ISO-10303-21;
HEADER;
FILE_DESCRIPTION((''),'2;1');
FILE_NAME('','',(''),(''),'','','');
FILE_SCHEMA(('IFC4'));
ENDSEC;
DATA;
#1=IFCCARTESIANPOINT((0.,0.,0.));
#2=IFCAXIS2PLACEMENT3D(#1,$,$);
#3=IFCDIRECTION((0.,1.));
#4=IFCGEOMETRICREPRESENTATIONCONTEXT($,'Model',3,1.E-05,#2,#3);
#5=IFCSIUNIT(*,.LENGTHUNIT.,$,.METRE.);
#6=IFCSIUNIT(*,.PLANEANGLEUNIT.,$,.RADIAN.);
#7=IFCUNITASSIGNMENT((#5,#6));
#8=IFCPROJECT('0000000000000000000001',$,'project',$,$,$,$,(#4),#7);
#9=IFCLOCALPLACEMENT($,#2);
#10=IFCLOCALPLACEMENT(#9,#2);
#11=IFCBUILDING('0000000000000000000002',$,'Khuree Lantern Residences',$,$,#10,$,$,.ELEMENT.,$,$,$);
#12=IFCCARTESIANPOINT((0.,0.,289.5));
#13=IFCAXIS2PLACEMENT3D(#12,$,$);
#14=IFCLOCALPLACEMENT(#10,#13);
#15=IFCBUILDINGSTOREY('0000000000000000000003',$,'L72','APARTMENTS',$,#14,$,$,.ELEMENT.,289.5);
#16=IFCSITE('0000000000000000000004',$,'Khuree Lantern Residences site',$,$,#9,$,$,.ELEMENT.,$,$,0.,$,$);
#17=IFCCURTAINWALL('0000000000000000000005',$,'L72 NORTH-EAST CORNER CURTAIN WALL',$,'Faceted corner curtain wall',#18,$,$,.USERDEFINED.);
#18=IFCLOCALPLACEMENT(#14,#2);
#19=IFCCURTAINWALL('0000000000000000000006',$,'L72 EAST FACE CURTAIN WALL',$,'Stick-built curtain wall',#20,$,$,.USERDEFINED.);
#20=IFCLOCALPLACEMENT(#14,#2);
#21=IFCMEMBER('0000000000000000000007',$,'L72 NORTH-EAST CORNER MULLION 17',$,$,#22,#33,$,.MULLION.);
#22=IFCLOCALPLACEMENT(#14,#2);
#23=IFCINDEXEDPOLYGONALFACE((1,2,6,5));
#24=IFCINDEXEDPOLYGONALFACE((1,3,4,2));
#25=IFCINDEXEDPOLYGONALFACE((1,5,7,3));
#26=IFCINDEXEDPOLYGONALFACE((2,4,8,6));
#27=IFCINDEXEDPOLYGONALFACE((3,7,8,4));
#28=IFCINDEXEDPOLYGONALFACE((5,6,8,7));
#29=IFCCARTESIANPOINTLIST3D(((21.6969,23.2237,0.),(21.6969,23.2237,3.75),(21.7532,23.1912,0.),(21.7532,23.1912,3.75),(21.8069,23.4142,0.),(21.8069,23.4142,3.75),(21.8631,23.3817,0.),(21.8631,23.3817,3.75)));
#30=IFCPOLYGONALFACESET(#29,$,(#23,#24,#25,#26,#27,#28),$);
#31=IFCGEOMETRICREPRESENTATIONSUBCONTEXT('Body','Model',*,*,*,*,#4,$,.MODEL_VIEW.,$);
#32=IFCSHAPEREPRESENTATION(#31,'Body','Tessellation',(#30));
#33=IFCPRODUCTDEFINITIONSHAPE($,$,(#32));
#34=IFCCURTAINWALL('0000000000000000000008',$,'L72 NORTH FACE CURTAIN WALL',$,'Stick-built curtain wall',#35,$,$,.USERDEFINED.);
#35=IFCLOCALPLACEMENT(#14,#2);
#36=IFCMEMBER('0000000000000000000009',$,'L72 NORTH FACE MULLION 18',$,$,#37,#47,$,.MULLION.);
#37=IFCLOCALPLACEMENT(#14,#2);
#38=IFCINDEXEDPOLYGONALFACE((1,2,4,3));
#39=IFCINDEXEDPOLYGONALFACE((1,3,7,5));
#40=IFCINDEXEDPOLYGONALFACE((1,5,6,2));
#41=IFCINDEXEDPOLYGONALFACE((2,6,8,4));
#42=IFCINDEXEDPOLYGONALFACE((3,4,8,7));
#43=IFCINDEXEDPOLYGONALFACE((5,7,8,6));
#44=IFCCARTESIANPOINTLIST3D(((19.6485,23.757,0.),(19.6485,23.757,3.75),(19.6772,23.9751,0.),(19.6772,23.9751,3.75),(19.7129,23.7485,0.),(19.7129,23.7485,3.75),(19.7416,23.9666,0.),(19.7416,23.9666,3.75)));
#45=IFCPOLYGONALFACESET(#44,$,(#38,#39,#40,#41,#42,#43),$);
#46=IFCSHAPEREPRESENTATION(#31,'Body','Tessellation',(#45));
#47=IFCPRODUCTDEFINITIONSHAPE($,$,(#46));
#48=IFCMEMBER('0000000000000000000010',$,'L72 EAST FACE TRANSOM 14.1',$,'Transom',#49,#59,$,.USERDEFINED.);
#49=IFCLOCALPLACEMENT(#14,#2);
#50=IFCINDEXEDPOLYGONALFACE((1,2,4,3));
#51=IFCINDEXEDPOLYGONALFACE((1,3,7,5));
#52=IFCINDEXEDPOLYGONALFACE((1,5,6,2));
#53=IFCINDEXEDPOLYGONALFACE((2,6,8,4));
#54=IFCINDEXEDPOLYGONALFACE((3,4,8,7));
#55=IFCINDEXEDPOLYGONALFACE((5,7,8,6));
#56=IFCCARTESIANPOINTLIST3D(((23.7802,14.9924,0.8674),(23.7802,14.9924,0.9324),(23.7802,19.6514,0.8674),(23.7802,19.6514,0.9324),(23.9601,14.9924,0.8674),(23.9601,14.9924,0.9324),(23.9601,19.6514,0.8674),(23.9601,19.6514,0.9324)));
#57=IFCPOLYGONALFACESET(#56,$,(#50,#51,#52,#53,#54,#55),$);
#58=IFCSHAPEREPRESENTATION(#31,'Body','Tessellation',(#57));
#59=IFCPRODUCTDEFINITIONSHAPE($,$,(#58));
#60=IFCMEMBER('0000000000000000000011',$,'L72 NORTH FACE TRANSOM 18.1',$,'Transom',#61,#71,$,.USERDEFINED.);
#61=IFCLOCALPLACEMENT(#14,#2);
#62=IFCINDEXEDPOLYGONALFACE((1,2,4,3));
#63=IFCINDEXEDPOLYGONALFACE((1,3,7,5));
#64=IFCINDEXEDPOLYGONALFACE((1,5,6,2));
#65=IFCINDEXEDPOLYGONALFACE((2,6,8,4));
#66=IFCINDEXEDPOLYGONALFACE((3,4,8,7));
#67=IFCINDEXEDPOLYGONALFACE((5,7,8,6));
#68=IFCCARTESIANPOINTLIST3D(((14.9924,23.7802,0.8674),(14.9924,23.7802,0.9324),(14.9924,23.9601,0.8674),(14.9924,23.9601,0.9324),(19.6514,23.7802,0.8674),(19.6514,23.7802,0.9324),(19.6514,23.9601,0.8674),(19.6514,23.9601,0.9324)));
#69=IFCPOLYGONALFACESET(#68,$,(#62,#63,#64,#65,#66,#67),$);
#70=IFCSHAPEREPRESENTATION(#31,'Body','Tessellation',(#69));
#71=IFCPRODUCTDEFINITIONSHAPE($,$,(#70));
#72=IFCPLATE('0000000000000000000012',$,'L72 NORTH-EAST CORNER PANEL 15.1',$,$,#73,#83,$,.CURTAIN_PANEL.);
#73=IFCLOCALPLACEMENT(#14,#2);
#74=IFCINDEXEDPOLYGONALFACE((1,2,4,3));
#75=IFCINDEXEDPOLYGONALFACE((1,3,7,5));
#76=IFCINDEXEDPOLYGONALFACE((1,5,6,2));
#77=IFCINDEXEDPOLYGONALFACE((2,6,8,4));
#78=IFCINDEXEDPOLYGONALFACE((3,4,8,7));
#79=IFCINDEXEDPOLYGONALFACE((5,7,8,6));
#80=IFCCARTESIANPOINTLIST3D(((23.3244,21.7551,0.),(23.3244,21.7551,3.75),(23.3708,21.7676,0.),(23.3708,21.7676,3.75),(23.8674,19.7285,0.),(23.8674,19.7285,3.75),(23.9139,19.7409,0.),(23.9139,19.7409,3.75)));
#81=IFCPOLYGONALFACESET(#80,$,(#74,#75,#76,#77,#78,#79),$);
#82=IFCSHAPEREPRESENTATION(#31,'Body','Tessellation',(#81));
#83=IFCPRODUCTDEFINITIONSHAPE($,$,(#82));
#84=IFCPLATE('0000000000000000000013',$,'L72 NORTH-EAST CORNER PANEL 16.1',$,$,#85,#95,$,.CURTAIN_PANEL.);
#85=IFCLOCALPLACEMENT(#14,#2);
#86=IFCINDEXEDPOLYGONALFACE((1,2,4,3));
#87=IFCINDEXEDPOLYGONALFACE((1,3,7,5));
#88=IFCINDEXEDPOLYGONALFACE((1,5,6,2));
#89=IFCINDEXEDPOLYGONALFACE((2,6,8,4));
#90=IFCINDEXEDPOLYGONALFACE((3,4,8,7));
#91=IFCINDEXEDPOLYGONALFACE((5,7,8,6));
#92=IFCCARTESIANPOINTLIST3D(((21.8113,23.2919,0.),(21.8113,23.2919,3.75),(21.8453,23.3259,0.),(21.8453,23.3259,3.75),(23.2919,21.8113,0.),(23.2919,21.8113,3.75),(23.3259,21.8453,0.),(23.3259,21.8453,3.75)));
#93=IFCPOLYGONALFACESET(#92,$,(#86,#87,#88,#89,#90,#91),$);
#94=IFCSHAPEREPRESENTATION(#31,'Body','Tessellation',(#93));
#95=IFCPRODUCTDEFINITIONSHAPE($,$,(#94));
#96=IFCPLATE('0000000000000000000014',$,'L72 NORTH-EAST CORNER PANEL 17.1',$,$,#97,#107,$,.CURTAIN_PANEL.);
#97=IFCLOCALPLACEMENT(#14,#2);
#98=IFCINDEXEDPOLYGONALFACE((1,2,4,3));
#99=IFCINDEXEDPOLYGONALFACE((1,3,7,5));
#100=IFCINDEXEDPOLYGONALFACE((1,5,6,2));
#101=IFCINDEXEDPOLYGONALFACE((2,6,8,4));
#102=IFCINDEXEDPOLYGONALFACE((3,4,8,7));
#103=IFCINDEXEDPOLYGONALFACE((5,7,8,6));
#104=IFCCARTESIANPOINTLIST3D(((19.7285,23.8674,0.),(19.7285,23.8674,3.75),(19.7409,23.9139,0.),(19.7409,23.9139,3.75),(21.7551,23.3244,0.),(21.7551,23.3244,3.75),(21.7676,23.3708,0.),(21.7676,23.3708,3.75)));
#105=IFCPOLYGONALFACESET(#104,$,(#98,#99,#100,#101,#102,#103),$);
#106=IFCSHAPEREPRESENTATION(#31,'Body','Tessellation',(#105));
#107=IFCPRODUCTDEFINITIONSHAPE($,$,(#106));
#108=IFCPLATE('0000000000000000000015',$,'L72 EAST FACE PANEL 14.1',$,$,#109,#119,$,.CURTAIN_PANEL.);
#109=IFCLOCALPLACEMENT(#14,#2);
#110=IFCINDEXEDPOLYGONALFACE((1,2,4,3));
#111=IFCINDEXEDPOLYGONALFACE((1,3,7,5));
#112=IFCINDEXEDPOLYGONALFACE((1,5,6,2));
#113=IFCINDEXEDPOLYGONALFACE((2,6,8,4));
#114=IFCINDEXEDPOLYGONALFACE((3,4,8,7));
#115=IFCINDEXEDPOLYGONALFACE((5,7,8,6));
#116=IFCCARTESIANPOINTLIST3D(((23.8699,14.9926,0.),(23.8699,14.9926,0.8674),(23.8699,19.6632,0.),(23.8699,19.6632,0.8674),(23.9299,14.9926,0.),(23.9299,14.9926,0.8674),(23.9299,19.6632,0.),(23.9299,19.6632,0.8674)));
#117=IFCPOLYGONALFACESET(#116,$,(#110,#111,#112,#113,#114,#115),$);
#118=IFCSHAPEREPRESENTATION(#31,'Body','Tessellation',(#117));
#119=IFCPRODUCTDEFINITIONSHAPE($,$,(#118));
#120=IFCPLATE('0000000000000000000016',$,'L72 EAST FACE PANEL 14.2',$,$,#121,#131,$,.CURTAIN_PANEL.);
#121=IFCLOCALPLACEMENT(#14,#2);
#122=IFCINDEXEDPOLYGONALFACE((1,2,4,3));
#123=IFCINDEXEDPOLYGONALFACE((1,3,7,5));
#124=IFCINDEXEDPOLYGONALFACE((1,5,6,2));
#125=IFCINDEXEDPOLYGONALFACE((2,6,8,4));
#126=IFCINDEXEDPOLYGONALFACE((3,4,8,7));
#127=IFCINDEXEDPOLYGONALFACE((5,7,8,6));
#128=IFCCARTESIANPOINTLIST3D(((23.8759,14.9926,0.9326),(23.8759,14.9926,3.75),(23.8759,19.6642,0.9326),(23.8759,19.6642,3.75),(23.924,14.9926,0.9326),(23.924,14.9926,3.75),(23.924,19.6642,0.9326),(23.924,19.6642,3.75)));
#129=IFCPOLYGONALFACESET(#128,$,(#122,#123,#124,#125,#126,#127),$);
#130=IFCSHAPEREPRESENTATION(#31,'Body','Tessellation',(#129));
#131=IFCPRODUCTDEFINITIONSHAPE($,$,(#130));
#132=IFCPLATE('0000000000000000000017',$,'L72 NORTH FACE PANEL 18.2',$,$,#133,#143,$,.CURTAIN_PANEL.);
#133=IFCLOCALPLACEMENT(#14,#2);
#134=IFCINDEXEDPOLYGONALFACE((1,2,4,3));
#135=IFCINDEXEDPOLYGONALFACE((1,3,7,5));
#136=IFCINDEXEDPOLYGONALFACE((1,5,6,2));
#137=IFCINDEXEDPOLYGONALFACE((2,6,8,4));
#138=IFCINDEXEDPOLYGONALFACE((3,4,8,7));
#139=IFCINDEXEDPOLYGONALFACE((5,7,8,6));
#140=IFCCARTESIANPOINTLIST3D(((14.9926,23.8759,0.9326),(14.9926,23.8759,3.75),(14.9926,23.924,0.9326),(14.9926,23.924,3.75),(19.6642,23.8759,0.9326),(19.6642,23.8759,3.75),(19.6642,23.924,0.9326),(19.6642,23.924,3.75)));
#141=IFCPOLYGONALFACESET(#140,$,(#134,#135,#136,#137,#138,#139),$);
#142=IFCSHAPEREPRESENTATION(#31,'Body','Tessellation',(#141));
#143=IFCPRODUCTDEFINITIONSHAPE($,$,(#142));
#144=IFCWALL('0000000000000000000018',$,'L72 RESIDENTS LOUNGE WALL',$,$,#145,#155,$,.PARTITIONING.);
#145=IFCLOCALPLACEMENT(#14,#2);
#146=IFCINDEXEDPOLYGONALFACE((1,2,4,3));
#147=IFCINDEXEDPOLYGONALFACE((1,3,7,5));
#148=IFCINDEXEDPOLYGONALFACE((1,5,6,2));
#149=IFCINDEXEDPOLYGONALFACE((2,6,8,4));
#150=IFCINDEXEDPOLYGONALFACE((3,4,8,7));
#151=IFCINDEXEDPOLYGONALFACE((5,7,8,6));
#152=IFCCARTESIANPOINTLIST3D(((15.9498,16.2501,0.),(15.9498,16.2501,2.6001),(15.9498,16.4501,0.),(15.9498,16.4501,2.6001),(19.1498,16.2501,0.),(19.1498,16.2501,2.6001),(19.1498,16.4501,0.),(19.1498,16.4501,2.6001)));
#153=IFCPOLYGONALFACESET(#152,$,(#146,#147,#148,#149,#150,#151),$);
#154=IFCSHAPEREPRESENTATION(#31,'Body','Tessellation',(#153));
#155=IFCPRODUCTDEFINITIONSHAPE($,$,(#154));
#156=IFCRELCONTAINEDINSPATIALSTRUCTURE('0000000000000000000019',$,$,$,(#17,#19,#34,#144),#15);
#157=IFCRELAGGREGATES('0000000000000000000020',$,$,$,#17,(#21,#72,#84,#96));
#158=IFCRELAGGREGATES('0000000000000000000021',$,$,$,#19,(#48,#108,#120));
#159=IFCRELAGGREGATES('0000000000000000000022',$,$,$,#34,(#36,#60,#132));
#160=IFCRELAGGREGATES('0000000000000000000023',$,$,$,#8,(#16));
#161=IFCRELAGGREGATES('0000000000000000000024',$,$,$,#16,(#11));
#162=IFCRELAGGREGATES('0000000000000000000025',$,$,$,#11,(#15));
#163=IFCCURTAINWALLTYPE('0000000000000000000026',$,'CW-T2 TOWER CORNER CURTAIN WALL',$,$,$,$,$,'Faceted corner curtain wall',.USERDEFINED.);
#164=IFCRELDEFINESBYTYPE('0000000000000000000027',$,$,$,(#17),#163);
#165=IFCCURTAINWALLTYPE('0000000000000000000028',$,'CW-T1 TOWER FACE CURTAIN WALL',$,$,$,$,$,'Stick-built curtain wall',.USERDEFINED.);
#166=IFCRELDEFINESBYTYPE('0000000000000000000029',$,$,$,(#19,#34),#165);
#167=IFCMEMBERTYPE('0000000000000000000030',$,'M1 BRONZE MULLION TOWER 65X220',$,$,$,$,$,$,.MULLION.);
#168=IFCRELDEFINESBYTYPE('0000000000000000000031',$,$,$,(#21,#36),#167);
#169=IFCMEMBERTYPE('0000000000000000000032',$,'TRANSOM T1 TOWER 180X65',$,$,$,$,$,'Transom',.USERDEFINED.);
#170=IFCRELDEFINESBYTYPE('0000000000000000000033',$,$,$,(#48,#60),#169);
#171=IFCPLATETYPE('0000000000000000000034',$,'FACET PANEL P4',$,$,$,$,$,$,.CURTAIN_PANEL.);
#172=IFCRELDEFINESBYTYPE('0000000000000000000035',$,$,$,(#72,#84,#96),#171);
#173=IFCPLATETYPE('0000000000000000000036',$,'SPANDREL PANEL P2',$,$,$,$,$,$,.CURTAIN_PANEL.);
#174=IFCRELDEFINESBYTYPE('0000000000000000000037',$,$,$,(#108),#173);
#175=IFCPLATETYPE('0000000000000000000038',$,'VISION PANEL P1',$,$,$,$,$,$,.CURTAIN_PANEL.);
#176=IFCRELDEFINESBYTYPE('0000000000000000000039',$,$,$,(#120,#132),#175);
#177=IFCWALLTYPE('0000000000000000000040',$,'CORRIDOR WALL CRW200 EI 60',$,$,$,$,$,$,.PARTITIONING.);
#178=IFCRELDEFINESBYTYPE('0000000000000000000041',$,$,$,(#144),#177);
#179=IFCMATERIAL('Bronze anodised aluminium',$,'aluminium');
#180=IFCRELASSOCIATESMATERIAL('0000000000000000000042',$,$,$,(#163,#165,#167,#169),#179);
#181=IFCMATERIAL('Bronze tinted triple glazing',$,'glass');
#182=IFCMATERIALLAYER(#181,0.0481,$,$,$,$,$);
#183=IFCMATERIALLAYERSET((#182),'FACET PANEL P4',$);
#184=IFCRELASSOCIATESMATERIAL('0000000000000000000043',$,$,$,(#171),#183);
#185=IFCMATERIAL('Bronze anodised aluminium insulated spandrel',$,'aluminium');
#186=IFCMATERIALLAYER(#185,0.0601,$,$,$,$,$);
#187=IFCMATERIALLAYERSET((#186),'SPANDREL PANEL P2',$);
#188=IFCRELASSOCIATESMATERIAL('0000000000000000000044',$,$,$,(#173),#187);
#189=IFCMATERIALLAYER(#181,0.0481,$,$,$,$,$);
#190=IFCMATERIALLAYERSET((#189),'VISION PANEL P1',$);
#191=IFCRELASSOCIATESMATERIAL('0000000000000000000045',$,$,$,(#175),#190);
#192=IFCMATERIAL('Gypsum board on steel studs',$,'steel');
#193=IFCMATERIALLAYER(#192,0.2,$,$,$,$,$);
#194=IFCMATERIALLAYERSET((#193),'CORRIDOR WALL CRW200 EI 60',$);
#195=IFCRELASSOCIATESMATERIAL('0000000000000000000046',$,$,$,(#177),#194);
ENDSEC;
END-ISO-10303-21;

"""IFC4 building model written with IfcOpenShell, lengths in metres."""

from ifc_helpers import new_model, si_unit, direction, frame, frame_2d, origin, origin_2d, place, context, subcontext, project, spatial, rectangle, extrude, material, layer, layer_set, material_profile, profile_set, type_object, element, aggregate, save


model = new_model("IFC4")

# Units and contexts
model_context = context("Model", 3, precision=1e-05, world=origin(), true_north=direction((0.0, 1.0)))
body_context = subcontext(model_context, "Body", "Model", "MODEL_VIEW")
ifc_project = project(units=[si_unit("LENGTHUNIT", "METRE"), si_unit("PLANEANGLEUNIT", "RADIAN")], contexts=[model_context])

# Site, building, storey
site_placement = place(None, origin())
site = spatial("IfcSite", under=ifc_project, at=site_placement, Name="Khuree Lantern Residences site", CompositionType="ELEMENT", RefElevation=0.0)
building_placement = place(site_placement, origin())
building = spatial("IfcBuilding", under=site, at=building_placement, Name="Khuree Lantern Residences", CompositionType="ELEMENT")
storey_placement = place(building_placement, frame((0.0, 0.0, 289.5)))
storey = spatial("IfcBuildingStorey", under=building, at=storey_placement, Name="L72", Description="APARTMENTS", CompositionType="ELEMENT", Elevation=289.5)

# Curtain wall
ifc_material_1 = material(Name="Bronze anodised aluminium", Category="aluminium")
curtain_wall_type_1 = type_object("IfcCurtainWallType", Name="CW-T2 TOWER CORNER CURTAIN WALL", ElementType="Faceted corner curtain wall", PredefinedType="USERDEFINED", material=ifc_material_1)
curtain_wall_1_placement = place(storey_placement, origin())
curtain_wall_1 = element("IfcCurtainWall", 1, at=curtain_wall_1_placement, inside=storey, type_object=curtain_wall_type_1, Name="L72 NORTH-EAST CORNER CURTAIN WALL", ObjectType="Faceted corner curtain wall", PredefinedType="USERDEFINED")

# Curtain wall
curtain_wall_type_2 = type_object("IfcCurtainWallType", Name="CW-T1 TOWER FACE CURTAIN WALL", ElementType="Stick-built curtain wall", PredefinedType="USERDEFINED", material=ifc_material_1)
curtain_wall_2_placement = place(storey_placement, origin())
curtain_wall_2 = element("IfcCurtainWall", 2, at=curtain_wall_2_placement, inside=storey, type_object=curtain_wall_type_2, Name="L72 EAST FACE CURTAIN WALL", ObjectType="Stick-built curtain wall", PredefinedType="USERDEFINED")
ifc_material_profile_1 = material_profile(ifc_material_1, rectangle(XDim=0.0649, YDim=0.22, at=origin_2d()), Name="M1 65X220")
ifc_profile_set_1 = profile_set([ifc_material_profile_1], Name="Bronze anodised aluminium")
member_type_1 = type_object("IfcMemberType", Name="M1 BRONZE MULLION TOWER 65X220", PredefinedType="MULLION", material=ifc_profile_set_1)

# Member
member_1_placement = place(storey_placement, frame((21.78, 23.3027, 0.0), z_axis=(0.0, 0.0, 1.0), x_axis=(-0.866025, 0.5, 0.0)))
member_1 = element("IfcMember", 3, at=member_1_placement, type_object=member_type_1, Name="L72 NORTH-EAST CORNER MULLION 17", PredefinedType="MULLION", context=body_context, shape_type="SweptSolid", body=[
    extrude(rectangle(XDim=0.0649, YDim=0.22, at=origin_2d()), origin(), (0.0, 0.0, 1.0), 3.75),
])

# Curtain wall, member
curtain_wall_3_placement = place(storey_placement, origin())
curtain_wall_3 = element("IfcCurtainWall", 4, at=curtain_wall_3_placement, inside=storey, type_object=curtain_wall_type_2, Name="L72 NORTH FACE CURTAIN WALL", ObjectType="Stick-built curtain wall", PredefinedType="USERDEFINED")
member_2_placement = place(storey_placement, frame((19.6951, 23.8618, 0.0), z_axis=(0.0, 0.0, 1.0), x_axis=(-0.991445, 0.130526, 0.0)))
member_2 = element("IfcMember", 5, at=member_2_placement, type_object=member_type_1, Name="L72 NORTH FACE MULLION 18", PredefinedType="MULLION", context=body_context, shape_type="SweptSolid", body=[
    extrude(rectangle(XDim=0.0649, YDim=0.22, at=origin_2d()), origin(), (0.0, 0.0, 1.0), 3.75),
])

# Members
ifc_material_profile_2 = material_profile(ifc_material_1, rectangle(XDim=0.1799, YDim=0.0649, at=origin_2d()), Name="T1 180X65")
ifc_profile_set_2 = profile_set([ifc_material_profile_2], Name="Bronze anodised aluminium")
member_type_2 = type_object("IfcMemberType", Name="TRANSOM T1 TOWER 180X65", ElementType="Transom", PredefinedType="USERDEFINED", material=ifc_profile_set_2)
member_3_placement = place(storey_placement, frame((23.8701, 14.9924, 0.8999), z_axis=(0.0, 1.0, 0.0), x_axis=(-1.0, 0.0, 0.0)))
member_3 = element("IfcMember", 6, at=member_3_placement, type_object=member_type_2, Name="L72 EAST FACE TRANSOM 14.1", ObjectType="Transom", PredefinedType="USERDEFINED", context=body_context, shape_type="SweptSolid", body=[
    extrude(rectangle(XDim=0.1799, YDim=0.0649, at=origin_2d()), origin(), (0.0, 0.0, 1.0), 4.6589),
])
member_4_placement = place(storey_placement, frame((19.6514, 23.8701, 0.8999), z_axis=(-1.0, 0.0, 0.0), x_axis=(0.0, -1.0, 0.0)))
member_4 = element("IfcMember", 7, at=member_4_placement, type_object=member_type_2, Name="L72 NORTH FACE TRANSOM 18.1", ObjectType="Transom", PredefinedType="USERDEFINED", context=body_context, shape_type="SweptSolid", body=[
    extrude(rectangle(XDim=0.1799, YDim=0.0649, at=origin_2d()), origin(), (0.0, 0.0, 1.0), 4.6589),
])

# Plates
ifc_material_2 = material(Name="Bronze tinted triple glazing", Category="glass")
ifc_layer_1 = layer(ifc_material_2, 0.0481)
ifc_layer_set_1 = layer_set([ifc_layer_1], Name="FACET PANEL P4")
plate_type_1 = type_object("IfcPlateType", Name="FACET PANEL P4", PredefinedType="CURTAIN_PANEL", material=ifc_layer_set_1)
plate_1_placement = place(storey_placement, frame((23.6191, 20.748, 0.0), z_axis=(0.0, 0.0, 1.0), x_axis=(-0.258819, 0.965926, 0.0)))
plate_1 = element("IfcPlate", 8, at=plate_1_placement, type_object=plate_type_1, Name="L72 NORTH-EAST CORNER PANEL 15.1", PredefinedType="CURTAIN_PANEL", context=body_context, shape_type="SweptSolid", body=[
    extrude(rectangle(XDim=2.0981, YDim=0.0481, at=origin_2d()), origin(), (0.0, 0.0, 1.0), 3.75),
])
plate_2_placement = place(storey_placement, frame((22.5686, 22.5686, 0.0), z_axis=(0.0, 0.0, 1.0), x_axis=(-0.707107, 0.707107, 0.0)))
plate_2 = element("IfcPlate", 9, at=plate_2_placement, type_object=plate_type_1, Name="L72 NORTH-EAST CORNER PANEL 16.1", PredefinedType="CURTAIN_PANEL", context=body_context, shape_type="SweptSolid", body=[
    extrude(rectangle(XDim=2.094, YDim=0.0481, at=origin_2d()), origin(), (0.0, 0.0, 1.0), 3.75),
])
plate_3_placement = place(storey_placement, frame((20.748, 23.6191, 0.0), z_axis=(0.0, 0.0, 1.0), x_axis=(-0.965926, 0.258819, 0.0)))
plate_3 = element("IfcPlate", 10, at=plate_3_placement, type_object=plate_type_1, Name="L72 NORTH-EAST CORNER PANEL 17.1", PredefinedType="CURTAIN_PANEL", context=body_context, shape_type="SweptSolid", body=[
    extrude(rectangle(XDim=2.0981, YDim=0.0481, at=origin_2d()), origin(), (0.0, 0.0, 1.0), 3.75),
])
aggregate(curtain_wall_1, [member_1, plate_1, plate_2, plate_3])
ifc_material_3 = material(Name="Bronze anodised aluminium insulated spandrel", Category="aluminium")
ifc_layer_2 = layer(ifc_material_3, 0.0601)
ifc_layer_set_2 = layer_set([ifc_layer_2], Name="SPANDREL PANEL P2")
plate_type_2 = type_object("IfcPlateType", Name="SPANDREL PANEL P2", PredefinedType="CURTAIN_PANEL", material=ifc_layer_set_2)
plate_4_placement = place(storey_placement, frame((23.8999, 17.3279, 0.0), z_axis=(0.0, 0.0, 1.0), x_axis=(0.0, 1.0, 0.0)))
plate_4 = element("IfcPlate", 11, at=plate_4_placement, type_object=plate_type_2, Name="L72 EAST FACE PANEL 14.1", PredefinedType="CURTAIN_PANEL", context=body_context, shape_type="SweptSolid", body=[
    extrude(rectangle(XDim=4.6707, YDim=0.0601, at=origin_2d()), origin(), (0.0, 0.0, 1.0), 0.8674),
])
ifc_layer_3 = layer(ifc_material_2, 0.0481)
ifc_layer_set_3 = layer_set([ifc_layer_3], Name="VISION PANEL P1")
plate_type_3 = type_object("IfcPlateType", Name="VISION PANEL P1", PredefinedType="CURTAIN_PANEL", material=ifc_layer_set_3)
plate_5_placement = place(storey_placement, frame((23.8999, 17.3284, 0.9326), z_axis=(0.0, 0.0, 1.0), x_axis=(0.0, 1.0, 0.0)))
plate_5 = element("IfcPlate", 12, at=plate_5_placement, type_object=plate_type_3, Name="L72 EAST FACE PANEL 14.2", PredefinedType="CURTAIN_PANEL", context=body_context, shape_type="SweptSolid", body=[
    extrude(rectangle(XDim=4.6716, YDim=0.0481, at=origin_2d()), origin(), (0.0, 0.0, 1.0), 2.8174),
])
aggregate(curtain_wall_2, [member_3, plate_4, plate_5])
plate_6_placement = place(storey_placement, frame((17.3284, 23.8999, 0.9326), z_axis=(0.0, 0.0, 1.0), x_axis=(-1.0, 0.0, 0.0)))
plate_6 = element("IfcPlate", 13, at=plate_6_placement, type_object=plate_type_3, Name="L72 NORTH FACE PANEL 18.2", PredefinedType="CURTAIN_PANEL", context=body_context, shape_type="SweptSolid", body=[
    extrude(rectangle(XDim=4.6716, YDim=0.0481, at=origin_2d()), origin(), (0.0, 0.0, 1.0), 2.8174),
])
aggregate(curtain_wall_3, [member_2, member_4, plate_6])

# Wall
ifc_material_4 = material(Name="Gypsum board on steel studs", Category="steel")
ifc_layer_4 = layer(ifc_material_4, 0.2)
ifc_layer_set_4 = layer_set([ifc_layer_4], Name="CORRIDOR WALL CRW200 EI 60")
wall_type = type_object("IfcWallType", Name="CORRIDOR WALL CRW200 EI 60", PredefinedType="PARTITIONING", material=ifc_layer_set_4)
wall_placement = place(storey_placement, frame((19.1499, 16.3501, 0.0), z_axis=(0.0, 0.0, 1.0), x_axis=(-1.0, 0.0, 0.0)))
element("IfcWall", 14, at=wall_placement, inside=storey, type_object=wall_type, Name="L72 RESIDENTS LOUNGE WALL", PredefinedType="PARTITIONING", context=body_context, shape_type="SweptSolid", body=[
    extrude(rectangle(XDim=3.2, YDim=0.2, at=frame_2d((1.6001, 0.0))), origin(), (0.0, 0.0, 1.0), 2.6001),
])

save(model, "model.ifc")
